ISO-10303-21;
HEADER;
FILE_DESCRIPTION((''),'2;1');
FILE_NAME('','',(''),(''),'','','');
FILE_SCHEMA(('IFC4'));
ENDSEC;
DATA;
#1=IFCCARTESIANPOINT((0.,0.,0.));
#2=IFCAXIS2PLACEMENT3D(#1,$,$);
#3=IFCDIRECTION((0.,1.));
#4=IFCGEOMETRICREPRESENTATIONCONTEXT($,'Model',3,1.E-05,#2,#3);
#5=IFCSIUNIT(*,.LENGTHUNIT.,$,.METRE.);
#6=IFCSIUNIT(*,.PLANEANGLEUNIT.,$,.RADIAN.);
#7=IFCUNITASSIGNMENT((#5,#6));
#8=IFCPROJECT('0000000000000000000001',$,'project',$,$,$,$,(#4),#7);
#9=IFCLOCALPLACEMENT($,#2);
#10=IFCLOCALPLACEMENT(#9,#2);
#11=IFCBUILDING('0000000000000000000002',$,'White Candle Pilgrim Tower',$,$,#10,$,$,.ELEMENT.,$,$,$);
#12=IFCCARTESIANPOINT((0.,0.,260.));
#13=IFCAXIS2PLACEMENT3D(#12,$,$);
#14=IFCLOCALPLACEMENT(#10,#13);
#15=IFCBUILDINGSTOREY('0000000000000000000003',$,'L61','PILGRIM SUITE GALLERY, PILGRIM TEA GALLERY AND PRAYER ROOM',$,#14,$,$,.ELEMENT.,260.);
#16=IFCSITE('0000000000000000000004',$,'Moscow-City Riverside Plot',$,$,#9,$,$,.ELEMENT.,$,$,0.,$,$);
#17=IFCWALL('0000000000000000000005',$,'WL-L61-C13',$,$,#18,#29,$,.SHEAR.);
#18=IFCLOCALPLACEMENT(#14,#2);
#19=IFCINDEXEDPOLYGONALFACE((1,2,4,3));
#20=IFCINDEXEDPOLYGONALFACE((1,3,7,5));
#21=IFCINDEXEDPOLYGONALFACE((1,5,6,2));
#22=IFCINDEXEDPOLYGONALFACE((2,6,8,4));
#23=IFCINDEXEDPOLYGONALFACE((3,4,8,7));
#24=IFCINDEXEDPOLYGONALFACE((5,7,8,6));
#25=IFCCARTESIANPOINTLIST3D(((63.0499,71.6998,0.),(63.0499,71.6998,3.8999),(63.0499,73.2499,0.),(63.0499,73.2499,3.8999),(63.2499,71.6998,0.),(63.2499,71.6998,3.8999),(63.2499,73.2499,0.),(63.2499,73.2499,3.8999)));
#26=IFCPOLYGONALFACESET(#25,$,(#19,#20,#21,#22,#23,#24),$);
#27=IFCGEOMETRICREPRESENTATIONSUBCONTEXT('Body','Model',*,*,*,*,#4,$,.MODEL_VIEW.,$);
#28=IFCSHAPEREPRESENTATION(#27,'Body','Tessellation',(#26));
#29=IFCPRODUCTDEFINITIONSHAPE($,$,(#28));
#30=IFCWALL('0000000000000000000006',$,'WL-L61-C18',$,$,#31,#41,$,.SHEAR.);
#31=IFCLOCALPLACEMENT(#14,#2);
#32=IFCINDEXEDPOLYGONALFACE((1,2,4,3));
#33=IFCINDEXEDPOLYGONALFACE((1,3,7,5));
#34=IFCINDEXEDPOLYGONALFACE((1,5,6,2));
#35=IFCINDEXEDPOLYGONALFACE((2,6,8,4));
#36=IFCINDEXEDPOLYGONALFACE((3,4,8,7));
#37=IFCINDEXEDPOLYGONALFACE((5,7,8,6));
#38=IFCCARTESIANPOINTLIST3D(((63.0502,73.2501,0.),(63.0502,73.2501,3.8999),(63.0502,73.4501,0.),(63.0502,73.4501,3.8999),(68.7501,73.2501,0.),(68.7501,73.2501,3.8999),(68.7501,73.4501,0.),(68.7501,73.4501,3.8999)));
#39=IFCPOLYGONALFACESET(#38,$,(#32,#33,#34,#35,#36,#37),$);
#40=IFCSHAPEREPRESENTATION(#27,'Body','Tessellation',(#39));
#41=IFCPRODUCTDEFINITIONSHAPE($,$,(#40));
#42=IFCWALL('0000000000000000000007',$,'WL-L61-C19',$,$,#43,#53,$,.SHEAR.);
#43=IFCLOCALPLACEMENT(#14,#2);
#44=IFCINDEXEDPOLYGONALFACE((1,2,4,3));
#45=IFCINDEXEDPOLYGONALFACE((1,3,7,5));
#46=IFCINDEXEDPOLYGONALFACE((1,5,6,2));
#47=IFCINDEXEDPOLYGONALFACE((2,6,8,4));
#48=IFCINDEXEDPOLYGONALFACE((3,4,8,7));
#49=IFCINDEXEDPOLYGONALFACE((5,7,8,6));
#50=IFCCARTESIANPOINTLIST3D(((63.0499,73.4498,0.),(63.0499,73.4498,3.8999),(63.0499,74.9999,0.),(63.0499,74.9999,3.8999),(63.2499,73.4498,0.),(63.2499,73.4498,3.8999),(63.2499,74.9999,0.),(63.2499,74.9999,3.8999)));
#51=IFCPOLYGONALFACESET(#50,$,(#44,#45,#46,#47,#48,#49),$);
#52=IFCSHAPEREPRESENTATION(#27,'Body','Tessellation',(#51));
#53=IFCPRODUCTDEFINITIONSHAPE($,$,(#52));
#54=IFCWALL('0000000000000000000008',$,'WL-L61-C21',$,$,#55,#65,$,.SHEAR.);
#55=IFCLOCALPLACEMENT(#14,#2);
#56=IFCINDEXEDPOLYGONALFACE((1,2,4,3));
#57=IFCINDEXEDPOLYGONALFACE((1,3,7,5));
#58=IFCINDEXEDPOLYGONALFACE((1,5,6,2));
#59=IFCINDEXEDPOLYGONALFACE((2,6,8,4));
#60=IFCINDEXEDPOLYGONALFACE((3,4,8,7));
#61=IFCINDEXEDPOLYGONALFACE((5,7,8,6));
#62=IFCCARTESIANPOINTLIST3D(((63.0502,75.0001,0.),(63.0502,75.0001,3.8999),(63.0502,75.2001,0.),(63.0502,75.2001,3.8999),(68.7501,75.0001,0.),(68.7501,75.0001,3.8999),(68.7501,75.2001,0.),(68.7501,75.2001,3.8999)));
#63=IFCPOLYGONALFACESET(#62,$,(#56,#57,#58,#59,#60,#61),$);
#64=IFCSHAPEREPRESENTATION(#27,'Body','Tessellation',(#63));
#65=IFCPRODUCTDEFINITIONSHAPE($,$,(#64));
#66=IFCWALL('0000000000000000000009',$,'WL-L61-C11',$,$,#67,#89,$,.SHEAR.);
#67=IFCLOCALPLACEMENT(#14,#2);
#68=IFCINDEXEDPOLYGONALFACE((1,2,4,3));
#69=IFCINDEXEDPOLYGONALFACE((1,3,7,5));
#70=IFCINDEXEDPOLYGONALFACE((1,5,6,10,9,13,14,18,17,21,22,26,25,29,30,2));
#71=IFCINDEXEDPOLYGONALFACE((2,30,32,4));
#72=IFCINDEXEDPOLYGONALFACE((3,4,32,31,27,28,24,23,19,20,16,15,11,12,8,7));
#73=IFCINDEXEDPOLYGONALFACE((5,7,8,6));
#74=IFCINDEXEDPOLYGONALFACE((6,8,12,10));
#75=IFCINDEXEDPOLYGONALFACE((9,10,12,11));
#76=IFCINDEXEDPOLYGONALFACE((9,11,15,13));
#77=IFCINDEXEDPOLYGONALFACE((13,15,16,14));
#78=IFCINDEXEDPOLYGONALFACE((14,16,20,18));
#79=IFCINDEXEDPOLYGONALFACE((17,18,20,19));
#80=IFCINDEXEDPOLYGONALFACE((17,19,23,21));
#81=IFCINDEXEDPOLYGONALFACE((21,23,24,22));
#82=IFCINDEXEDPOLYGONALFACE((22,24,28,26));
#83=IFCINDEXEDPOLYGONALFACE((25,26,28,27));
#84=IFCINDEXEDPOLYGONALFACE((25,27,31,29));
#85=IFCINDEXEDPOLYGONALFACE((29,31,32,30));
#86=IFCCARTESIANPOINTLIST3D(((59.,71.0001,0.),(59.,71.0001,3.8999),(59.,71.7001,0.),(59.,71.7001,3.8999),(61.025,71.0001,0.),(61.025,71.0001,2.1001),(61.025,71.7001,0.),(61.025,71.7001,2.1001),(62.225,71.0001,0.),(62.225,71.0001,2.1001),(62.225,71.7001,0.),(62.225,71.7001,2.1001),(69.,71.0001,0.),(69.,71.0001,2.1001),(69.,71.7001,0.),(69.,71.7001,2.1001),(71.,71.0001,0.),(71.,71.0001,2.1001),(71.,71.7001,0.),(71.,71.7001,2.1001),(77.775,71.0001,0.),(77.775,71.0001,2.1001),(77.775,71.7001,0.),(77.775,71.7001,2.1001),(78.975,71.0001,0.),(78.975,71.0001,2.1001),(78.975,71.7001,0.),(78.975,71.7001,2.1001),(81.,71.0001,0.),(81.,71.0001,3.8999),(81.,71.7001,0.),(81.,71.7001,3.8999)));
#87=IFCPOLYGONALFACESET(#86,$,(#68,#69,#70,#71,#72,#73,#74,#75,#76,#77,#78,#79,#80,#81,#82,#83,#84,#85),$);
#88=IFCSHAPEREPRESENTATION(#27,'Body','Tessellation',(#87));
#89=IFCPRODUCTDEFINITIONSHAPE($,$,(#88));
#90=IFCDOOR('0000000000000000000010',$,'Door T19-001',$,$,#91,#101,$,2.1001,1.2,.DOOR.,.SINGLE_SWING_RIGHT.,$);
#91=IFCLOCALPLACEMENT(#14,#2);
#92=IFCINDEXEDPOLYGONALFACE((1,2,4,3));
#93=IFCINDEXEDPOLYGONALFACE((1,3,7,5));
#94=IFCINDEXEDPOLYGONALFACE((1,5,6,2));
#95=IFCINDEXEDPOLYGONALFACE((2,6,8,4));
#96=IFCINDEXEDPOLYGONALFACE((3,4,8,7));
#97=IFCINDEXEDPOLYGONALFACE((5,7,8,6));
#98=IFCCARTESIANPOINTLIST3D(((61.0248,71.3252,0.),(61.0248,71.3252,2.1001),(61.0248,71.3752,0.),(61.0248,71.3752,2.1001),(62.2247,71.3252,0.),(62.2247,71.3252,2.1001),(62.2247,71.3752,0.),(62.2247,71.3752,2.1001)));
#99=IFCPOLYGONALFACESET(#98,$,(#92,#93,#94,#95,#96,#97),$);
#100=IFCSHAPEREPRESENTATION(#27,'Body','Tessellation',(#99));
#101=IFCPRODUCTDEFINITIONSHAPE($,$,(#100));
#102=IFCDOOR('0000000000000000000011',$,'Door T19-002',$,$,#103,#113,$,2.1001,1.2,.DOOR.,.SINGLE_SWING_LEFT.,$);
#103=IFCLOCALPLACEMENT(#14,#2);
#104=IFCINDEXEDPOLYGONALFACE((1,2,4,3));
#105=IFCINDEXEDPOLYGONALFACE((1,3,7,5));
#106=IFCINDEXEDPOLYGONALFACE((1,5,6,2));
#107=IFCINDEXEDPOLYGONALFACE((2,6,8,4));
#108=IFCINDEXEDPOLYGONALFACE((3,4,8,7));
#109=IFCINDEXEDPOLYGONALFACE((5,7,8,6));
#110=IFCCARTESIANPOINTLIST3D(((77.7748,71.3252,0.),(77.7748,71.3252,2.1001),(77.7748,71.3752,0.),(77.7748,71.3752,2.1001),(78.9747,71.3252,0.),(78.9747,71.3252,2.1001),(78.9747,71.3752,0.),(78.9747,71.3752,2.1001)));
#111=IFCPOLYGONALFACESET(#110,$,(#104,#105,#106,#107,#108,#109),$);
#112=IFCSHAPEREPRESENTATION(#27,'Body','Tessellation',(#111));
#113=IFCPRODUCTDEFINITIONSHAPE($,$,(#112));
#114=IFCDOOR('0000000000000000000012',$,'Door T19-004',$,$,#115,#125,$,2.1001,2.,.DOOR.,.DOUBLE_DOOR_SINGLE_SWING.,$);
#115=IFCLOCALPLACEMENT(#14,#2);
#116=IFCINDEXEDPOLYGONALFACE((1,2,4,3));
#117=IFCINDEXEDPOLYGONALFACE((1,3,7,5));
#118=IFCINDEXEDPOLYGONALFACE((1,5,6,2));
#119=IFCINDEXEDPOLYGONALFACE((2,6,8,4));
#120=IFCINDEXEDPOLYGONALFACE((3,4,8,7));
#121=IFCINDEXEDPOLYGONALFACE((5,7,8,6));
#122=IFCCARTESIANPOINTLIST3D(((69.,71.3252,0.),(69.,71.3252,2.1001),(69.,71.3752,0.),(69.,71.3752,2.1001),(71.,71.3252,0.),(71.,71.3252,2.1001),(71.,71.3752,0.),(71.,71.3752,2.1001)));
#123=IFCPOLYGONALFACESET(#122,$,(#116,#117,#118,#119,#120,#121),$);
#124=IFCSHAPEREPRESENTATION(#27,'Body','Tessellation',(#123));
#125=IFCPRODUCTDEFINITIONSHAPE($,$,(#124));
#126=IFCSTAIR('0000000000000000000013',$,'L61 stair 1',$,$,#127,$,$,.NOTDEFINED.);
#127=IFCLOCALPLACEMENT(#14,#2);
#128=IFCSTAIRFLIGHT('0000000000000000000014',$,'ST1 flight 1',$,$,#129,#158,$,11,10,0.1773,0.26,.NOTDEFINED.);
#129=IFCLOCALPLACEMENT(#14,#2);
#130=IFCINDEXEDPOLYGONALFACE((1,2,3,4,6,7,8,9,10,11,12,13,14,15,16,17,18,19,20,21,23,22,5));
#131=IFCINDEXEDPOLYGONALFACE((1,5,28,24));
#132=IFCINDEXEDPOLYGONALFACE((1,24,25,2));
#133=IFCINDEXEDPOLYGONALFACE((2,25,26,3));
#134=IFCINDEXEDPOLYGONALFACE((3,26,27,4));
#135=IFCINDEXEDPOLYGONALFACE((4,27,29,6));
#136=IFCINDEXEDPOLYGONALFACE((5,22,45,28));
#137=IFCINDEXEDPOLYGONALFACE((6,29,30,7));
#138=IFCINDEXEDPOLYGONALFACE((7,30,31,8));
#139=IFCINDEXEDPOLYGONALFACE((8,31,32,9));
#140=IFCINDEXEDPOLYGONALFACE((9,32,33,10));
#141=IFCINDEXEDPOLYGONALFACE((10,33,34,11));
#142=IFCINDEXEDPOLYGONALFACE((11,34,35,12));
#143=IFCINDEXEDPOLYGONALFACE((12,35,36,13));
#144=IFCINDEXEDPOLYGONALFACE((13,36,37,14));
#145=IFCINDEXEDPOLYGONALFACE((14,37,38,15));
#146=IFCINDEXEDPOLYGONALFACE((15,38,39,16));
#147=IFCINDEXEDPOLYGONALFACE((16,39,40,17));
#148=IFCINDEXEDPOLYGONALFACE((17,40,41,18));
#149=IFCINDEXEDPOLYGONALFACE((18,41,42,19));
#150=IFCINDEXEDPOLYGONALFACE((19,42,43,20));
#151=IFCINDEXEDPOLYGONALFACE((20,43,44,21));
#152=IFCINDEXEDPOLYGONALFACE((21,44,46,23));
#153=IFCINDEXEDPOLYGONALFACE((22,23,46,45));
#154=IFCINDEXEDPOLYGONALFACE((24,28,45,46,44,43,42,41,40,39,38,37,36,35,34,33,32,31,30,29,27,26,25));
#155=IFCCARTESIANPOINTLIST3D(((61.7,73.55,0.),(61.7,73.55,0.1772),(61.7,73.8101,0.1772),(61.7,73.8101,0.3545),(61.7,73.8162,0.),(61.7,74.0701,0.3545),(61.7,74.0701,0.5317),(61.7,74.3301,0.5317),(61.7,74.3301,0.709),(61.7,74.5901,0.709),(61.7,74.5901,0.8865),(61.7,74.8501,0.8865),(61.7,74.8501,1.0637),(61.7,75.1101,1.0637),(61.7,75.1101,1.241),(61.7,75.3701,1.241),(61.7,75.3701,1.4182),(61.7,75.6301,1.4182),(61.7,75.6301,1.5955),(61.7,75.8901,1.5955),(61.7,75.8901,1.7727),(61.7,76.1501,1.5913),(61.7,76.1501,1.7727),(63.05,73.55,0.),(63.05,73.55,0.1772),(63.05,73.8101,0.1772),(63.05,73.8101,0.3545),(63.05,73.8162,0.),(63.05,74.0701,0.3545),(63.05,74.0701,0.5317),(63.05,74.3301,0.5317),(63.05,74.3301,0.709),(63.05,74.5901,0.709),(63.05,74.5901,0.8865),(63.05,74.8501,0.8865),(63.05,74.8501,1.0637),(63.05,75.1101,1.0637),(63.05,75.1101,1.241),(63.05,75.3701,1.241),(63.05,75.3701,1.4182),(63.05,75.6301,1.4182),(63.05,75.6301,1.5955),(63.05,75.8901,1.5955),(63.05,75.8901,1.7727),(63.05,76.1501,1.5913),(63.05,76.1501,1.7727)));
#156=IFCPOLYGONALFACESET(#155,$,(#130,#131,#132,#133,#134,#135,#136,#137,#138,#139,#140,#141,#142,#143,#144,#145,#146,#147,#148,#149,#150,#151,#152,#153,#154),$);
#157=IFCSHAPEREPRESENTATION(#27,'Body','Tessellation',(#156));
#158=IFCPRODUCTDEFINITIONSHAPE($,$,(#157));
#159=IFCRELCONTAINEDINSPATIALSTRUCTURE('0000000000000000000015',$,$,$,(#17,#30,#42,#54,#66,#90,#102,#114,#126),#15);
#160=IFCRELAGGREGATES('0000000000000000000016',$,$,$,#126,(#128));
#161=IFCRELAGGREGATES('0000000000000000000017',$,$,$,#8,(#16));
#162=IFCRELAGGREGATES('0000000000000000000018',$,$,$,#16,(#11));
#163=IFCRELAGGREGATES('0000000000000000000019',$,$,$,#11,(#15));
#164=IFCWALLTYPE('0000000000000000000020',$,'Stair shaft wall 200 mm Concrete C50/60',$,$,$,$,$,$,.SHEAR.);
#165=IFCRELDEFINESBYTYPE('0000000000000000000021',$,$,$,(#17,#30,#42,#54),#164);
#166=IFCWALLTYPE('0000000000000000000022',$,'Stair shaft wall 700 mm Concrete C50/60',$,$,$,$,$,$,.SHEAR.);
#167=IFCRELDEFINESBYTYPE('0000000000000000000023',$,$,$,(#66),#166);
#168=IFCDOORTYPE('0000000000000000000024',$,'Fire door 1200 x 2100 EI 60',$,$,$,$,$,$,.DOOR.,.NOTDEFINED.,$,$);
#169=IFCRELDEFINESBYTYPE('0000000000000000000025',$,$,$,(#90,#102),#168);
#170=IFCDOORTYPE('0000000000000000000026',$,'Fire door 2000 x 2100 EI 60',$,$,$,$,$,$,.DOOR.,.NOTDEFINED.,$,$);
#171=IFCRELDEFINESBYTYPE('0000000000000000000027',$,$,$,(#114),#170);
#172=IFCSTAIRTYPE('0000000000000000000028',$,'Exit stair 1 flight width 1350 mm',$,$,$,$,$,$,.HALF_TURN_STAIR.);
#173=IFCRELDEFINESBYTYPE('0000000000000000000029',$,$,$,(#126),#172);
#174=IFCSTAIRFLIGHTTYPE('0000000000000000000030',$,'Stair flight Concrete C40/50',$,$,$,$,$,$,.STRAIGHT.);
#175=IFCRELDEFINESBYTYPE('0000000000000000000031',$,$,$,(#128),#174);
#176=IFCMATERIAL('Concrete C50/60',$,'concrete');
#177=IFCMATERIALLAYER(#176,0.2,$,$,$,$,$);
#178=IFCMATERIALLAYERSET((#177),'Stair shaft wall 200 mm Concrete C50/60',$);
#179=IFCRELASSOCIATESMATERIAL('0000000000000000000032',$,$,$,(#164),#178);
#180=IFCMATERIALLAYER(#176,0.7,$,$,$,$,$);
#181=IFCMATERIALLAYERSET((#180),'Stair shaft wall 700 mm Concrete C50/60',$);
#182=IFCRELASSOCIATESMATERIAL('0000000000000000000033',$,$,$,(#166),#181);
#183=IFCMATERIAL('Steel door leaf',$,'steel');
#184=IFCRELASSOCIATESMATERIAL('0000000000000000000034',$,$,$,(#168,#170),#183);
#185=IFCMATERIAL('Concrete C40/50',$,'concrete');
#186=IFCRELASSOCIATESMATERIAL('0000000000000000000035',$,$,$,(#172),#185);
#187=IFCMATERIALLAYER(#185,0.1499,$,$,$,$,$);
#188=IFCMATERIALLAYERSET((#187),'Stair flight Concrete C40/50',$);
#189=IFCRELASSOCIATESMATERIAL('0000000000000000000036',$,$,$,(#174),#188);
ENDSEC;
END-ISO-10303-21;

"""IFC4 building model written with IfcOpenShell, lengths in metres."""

from ifc_helpers import new_model, si_unit, direction, frame, frame_2d, origin, place, context, subcontext, project, spatial, polyline, rectangle, outline, extrude, material, layer, layer_set, type_object, element, fill, aggregate, save


model = new_model("IFC4")

# Units and contexts
model_context = context("Model", 3, precision=1e-05, world=origin(), true_north=direction((0.0, 1.0)))
body_context = subcontext(model_context, "Body", "Model", "MODEL_VIEW")
ifc_project = project(units=[si_unit("LENGTHUNIT", "METRE"), si_unit("PLANEANGLEUNIT", "RADIAN")], contexts=[model_context])

# Site, building, storey
site_placement = place(None, origin())
site = spatial("IfcSite", under=ifc_project, at=site_placement, Name="Moscow-City Riverside Plot", CompositionType="ELEMENT", RefElevation=0.0)
building_placement = place(site_placement, origin())
building = spatial("IfcBuilding", under=site, at=building_placement, Name="White Candle Pilgrim Tower", CompositionType="ELEMENT")
storey_placement = place(building_placement, frame((0.0, 0.0, 260.0)))
storey = spatial("IfcBuildingStorey", under=building, at=storey_placement, Name="L61", Description="PILGRIM SUITE GALLERY, PILGRIM TEA GALLERY AND PRAYER ROOM", CompositionType="ELEMENT", Elevation=260.0)

# Shared definitions
ifc_material_1 = material(Name="Steel door leaf", Category="steel")

# Walls
ifc_material_2 = material(Name="Concrete C50/60", Category="concrete")
ifc_layer_1 = layer(ifc_material_2, 0.2)
ifc_layer_set_1 = layer_set([ifc_layer_1], Name="Stair shaft wall 200 mm Concrete C50/60")
wall_type_1 = type_object("IfcWallType", Name="Stair shaft wall 200 mm Concrete C50/60", PredefinedType="SHEAR", material=ifc_layer_set_1)
wall_1_placement = place(storey_placement, frame((63.1499, 71.7, 0.0), z_axis=(0.0, 0.0, 1.0), x_axis=(0.0, 1.0, 0.0)))
element("IfcWall", 1, at=wall_1_placement, inside=storey, type_object=wall_type_1, Name="WL-L61-C13", PredefinedType="SHEAR", context=body_context, shape_type="SweptSolid", body=[
    extrude(rectangle(XDim=1.55, YDim=0.2, at=frame_2d((0.7749, 0.0))), origin(), (0.0, 0.0, 1.0), 3.8999),
])
wall_2_placement = place(storey_placement, frame((63.05, 73.3501, 0.0), z_axis=(0.0, 0.0, 1.0), x_axis=(1.0, 0.0, 0.0)))
element("IfcWall", 2, at=wall_2_placement, inside=storey, type_object=wall_type_1, Name="WL-L61-C18", PredefinedType="SHEAR", context=body_context, shape_type="SweptSolid", body=[
    extrude(rectangle(XDim=5.7, YDim=0.2, at=frame_2d((2.8501, 0.0))), origin(), (0.0, 0.0, 1.0), 3.8999),
])
wall_3_placement = place(storey_placement, frame((63.1499, 73.45, 0.0), z_axis=(0.0, 0.0, 1.0), x_axis=(0.0, 1.0, 0.0)))
element("IfcWall", 3, at=wall_3_placement, inside=storey, type_object=wall_type_1, Name="WL-L61-C19", PredefinedType="SHEAR", context=body_context, shape_type="SweptSolid", body=[
    extrude(rectangle(XDim=1.55, YDim=0.2, at=frame_2d((0.7749, 0.0))), origin(), (0.0, 0.0, 1.0), 3.8999),
])
wall_4_placement = place(storey_placement, frame((63.05, 75.1001, 0.0), z_axis=(0.0, 0.0, 1.0), x_axis=(1.0, 0.0, 0.0)))
element("IfcWall", 4, at=wall_4_placement, inside=storey, type_object=wall_type_1, Name="WL-L61-C21", PredefinedType="SHEAR", context=body_context, shape_type="SweptSolid", body=[
    extrude(rectangle(XDim=5.7, YDim=0.2, at=frame_2d((2.8501, 0.0))), origin(), (0.0, 0.0, 1.0), 3.8999),
])

# Wall, openings, doors
ifc_layer_2 = layer(ifc_material_2, 0.7)
ifc_layer_set_2 = layer_set([ifc_layer_2], Name="Stair shaft wall 700 mm Concrete C50/60")
wall_type_2 = type_object("IfcWallType", Name="Stair shaft wall 700 mm Concrete C50/60", PredefinedType="SHEAR", material=ifc_layer_set_2)
wall_5_placement = place(storey_placement, frame((59.0, 71.3501, 0.0), z_axis=(0.0, 0.0, 1.0), x_axis=(1.0, 0.0, 0.0)))
wall_5 = element("IfcWall", 5, at=wall_5_placement, inside=storey, type_object=wall_type_2, Name="WL-L61-C11", PredefinedType="SHEAR", context=body_context, shape_type="SweptSolid", body=[
    extrude(rectangle(XDim=22.0, YDim=0.7, at=frame_2d((11.0, 0.0))), origin(), (0.0, 0.0, 1.0), 3.8999),
])
opening_1_placement = place(wall_5_placement, frame((2.0249, 0.0, 0.0)))
opening_1 = element("IfcOpeningElement", 6, at=opening_1_placement, cuts=wall_5, PredefinedType="OPENING", context=body_context, shape_type="SweptSolid", body=[
    extrude(rectangle(XDim=1.2, YDim=2.1001, at=frame_2d((0.6001, 1.05))), frame((0.0, 0.3599, 0.0), z_axis=(0.0, -1.0, 0.0), x_axis=(1.0, 0.0, 0.0)), (0.0, 0.0, 1.0), 0.72),
])
opening_2_placement = place(wall_5_placement, frame((18.7749, 0.0, 0.0)))
opening_2 = element("IfcOpeningElement", 7, at=opening_2_placement, cuts=wall_5, PredefinedType="OPENING", context=body_context, shape_type="SweptSolid", body=[
    extrude(rectangle(XDim=1.2, YDim=2.1001, at=frame_2d((0.6001, 1.05))), frame((0.0, 0.3599, 0.0), z_axis=(0.0, -1.0, 0.0), x_axis=(1.0, 0.0, 0.0)), (0.0, 0.0, 1.0), 0.72),
])
opening_3_placement = place(wall_5_placement, frame((10.0, 0.0, 0.0)))
opening_3 = element("IfcOpeningElement", 8, at=opening_3_placement, cuts=wall_5, PredefinedType="OPENING", context=body_context, shape_type="SweptSolid", body=[
    extrude(rectangle(XDim=2.0, YDim=2.1001, at=frame_2d((1.0, 1.05))), frame((0.0, 0.3599, 0.0), z_axis=(0.0, -1.0, 0.0), x_axis=(1.0, 0.0, 0.0)), (0.0, 0.0, 1.0), 0.72),
])
door_type_1 = type_object("IfcDoorType", Name="Fire door 1200 x 2100 EI 60", OperationType="NOTDEFINED", PredefinedType="DOOR", material=ifc_material_1)
door_1_placement = place(opening_1_placement, frame((1.2, 0.0, 0.0), z_axis=(0.0, 0.0, 1.0), x_axis=(-1.0, 0.0, 0.0)))
door_1 = element("IfcDoor", 9, at=door_1_placement, inside=storey, type_object=door_type_1, Name="Door T19-001", OperationType="SINGLE_SWING_RIGHT", OverallHeight=2.1001, OverallWidth=1.2, PredefinedType="DOOR", context=body_context, shape_type="SweptSolid", body=[
    extrude(rectangle(XDim=1.2, YDim=2.1001, at=frame_2d((0.6001, 1.05))), frame((0.0, 0.0249, 0.0), z_axis=(0.0, -1.0, 0.0), x_axis=(1.0, 0.0, 0.0)), (0.0, 0.0, 1.0), 0.05),
])
fill(opening_1, door_1)
door_2_placement = place(opening_2_placement, frame((1.2, 0.0, 0.0), z_axis=(0.0, 0.0, 1.0), x_axis=(-1.0, 0.0, 0.0)))
door_2 = element("IfcDoor", 10, at=door_2_placement, inside=storey, type_object=door_type_1, Name="Door T19-002", OperationType="SINGLE_SWING_LEFT", OverallHeight=2.1001, OverallWidth=1.2, PredefinedType="DOOR", context=body_context, shape_type="SweptSolid", body=[
    extrude(rectangle(XDim=1.2, YDim=2.1001, at=frame_2d((0.6001, 1.05))), frame((0.0, 0.0249, 0.0), z_axis=(0.0, -1.0, 0.0), x_axis=(1.0, 0.0, 0.0)), (0.0, 0.0, 1.0), 0.05),
])
fill(opening_2, door_2)
door_type_2 = type_object("IfcDoorType", Name="Fire door 2000 x 2100 EI 60", OperationType="NOTDEFINED", PredefinedType="DOOR", material=ifc_material_1)
door_3_placement = place(opening_3_placement, frame((2.0, 0.0, 0.0), z_axis=(0.0, 0.0, 1.0), x_axis=(-1.0, 0.0, 0.0)))
door_3 = element("IfcDoor", 11, at=door_3_placement, inside=storey, type_object=door_type_2, Name="Door T19-004", OperationType="DOUBLE_DOOR_SINGLE_SWING", OverallHeight=2.1001, OverallWidth=2.0, PredefinedType="DOOR", context=body_context, shape_type="SweptSolid", body=[
    extrude(rectangle(XDim=2.0, YDim=2.1001, at=frame_2d((1.0, 1.05))), frame((0.0, 0.0249, 0.0), z_axis=(0.0, -1.0, 0.0), x_axis=(1.0, 0.0, 0.0)), (0.0, 0.0, 1.0), 0.05),
])
fill(opening_3, door_3)

# Stair, stair flight
ifc_material_3 = material(Name="Concrete C40/50", Category="concrete")
stair_type = type_object("IfcStairType", Name="Exit stair 1 flight width 1350 mm", PredefinedType="HALF_TURN_STAIR", material=ifc_material_3)
stair_placement = place(storey_placement, origin())
stair = element("IfcStair", 12, at=stair_placement, inside=storey, type_object=stair_type, Name="L61 stair 1", PredefinedType="NOTDEFINED")
ifc_layer_3 = layer(ifc_material_3, 0.1499)
ifc_layer_set_3 = layer_set([ifc_layer_3], Name="Stair flight Concrete C40/50")
stair_flight_type = type_object("IfcStairFlightType", Name="Stair flight Concrete C40/50", PredefinedType="STRAIGHT", material=ifc_layer_set_3)
stair_flight_placement = place(storey_placement, frame((62.375, 73.55, 0.0), z_axis=(0.0, 0.0, 1.0), x_axis=(0.0, 1.0, 0.0)))
stair_flight = element("IfcStairFlight", 13, at=stair_flight_placement, type_object=stair_flight_type, Name="ST1 flight 1", NumberOfRisers=11, NumberOfTreads=10, PredefinedType="NOTDEFINED", RiserHeight=0.1773, TreadLength=0.26, context=body_context, shape_type="SweptSolid", body=[
    extrude(outline(polyline([(0.0, 0.0), (0.0, 0.1772), (0.26, 0.1772), (0.26, 0.3545), (0.52, 0.3545), (0.52, 0.5317), (0.78, 0.5317), (0.78, 0.709), (1.04, 0.709), (1.04, 0.8865), (1.3, 0.8865), (1.3, 1.0637), (1.5601, 1.0637), (1.5601, 1.241), (1.8201, 1.241), (1.8201, 1.4182), (2.0801, 1.4182), (2.0801, 1.5955), (2.3401, 1.5955), (2.3401, 1.7727), (2.6001, 1.7727), (2.6001, 1.95), (2.6001, 1.5913), (0.2661, 0.0), (0.0, 0.0)])), frame((0.0, 0.675, 0.0), z_axis=(0.0, -1.0, 0.0), x_axis=(1.0, 0.0, 0.0)), (0.0, 0.0, 1.0), 1.3501),
])
aggregate(stair, [stair_flight])

save(model, "model.ifc")
